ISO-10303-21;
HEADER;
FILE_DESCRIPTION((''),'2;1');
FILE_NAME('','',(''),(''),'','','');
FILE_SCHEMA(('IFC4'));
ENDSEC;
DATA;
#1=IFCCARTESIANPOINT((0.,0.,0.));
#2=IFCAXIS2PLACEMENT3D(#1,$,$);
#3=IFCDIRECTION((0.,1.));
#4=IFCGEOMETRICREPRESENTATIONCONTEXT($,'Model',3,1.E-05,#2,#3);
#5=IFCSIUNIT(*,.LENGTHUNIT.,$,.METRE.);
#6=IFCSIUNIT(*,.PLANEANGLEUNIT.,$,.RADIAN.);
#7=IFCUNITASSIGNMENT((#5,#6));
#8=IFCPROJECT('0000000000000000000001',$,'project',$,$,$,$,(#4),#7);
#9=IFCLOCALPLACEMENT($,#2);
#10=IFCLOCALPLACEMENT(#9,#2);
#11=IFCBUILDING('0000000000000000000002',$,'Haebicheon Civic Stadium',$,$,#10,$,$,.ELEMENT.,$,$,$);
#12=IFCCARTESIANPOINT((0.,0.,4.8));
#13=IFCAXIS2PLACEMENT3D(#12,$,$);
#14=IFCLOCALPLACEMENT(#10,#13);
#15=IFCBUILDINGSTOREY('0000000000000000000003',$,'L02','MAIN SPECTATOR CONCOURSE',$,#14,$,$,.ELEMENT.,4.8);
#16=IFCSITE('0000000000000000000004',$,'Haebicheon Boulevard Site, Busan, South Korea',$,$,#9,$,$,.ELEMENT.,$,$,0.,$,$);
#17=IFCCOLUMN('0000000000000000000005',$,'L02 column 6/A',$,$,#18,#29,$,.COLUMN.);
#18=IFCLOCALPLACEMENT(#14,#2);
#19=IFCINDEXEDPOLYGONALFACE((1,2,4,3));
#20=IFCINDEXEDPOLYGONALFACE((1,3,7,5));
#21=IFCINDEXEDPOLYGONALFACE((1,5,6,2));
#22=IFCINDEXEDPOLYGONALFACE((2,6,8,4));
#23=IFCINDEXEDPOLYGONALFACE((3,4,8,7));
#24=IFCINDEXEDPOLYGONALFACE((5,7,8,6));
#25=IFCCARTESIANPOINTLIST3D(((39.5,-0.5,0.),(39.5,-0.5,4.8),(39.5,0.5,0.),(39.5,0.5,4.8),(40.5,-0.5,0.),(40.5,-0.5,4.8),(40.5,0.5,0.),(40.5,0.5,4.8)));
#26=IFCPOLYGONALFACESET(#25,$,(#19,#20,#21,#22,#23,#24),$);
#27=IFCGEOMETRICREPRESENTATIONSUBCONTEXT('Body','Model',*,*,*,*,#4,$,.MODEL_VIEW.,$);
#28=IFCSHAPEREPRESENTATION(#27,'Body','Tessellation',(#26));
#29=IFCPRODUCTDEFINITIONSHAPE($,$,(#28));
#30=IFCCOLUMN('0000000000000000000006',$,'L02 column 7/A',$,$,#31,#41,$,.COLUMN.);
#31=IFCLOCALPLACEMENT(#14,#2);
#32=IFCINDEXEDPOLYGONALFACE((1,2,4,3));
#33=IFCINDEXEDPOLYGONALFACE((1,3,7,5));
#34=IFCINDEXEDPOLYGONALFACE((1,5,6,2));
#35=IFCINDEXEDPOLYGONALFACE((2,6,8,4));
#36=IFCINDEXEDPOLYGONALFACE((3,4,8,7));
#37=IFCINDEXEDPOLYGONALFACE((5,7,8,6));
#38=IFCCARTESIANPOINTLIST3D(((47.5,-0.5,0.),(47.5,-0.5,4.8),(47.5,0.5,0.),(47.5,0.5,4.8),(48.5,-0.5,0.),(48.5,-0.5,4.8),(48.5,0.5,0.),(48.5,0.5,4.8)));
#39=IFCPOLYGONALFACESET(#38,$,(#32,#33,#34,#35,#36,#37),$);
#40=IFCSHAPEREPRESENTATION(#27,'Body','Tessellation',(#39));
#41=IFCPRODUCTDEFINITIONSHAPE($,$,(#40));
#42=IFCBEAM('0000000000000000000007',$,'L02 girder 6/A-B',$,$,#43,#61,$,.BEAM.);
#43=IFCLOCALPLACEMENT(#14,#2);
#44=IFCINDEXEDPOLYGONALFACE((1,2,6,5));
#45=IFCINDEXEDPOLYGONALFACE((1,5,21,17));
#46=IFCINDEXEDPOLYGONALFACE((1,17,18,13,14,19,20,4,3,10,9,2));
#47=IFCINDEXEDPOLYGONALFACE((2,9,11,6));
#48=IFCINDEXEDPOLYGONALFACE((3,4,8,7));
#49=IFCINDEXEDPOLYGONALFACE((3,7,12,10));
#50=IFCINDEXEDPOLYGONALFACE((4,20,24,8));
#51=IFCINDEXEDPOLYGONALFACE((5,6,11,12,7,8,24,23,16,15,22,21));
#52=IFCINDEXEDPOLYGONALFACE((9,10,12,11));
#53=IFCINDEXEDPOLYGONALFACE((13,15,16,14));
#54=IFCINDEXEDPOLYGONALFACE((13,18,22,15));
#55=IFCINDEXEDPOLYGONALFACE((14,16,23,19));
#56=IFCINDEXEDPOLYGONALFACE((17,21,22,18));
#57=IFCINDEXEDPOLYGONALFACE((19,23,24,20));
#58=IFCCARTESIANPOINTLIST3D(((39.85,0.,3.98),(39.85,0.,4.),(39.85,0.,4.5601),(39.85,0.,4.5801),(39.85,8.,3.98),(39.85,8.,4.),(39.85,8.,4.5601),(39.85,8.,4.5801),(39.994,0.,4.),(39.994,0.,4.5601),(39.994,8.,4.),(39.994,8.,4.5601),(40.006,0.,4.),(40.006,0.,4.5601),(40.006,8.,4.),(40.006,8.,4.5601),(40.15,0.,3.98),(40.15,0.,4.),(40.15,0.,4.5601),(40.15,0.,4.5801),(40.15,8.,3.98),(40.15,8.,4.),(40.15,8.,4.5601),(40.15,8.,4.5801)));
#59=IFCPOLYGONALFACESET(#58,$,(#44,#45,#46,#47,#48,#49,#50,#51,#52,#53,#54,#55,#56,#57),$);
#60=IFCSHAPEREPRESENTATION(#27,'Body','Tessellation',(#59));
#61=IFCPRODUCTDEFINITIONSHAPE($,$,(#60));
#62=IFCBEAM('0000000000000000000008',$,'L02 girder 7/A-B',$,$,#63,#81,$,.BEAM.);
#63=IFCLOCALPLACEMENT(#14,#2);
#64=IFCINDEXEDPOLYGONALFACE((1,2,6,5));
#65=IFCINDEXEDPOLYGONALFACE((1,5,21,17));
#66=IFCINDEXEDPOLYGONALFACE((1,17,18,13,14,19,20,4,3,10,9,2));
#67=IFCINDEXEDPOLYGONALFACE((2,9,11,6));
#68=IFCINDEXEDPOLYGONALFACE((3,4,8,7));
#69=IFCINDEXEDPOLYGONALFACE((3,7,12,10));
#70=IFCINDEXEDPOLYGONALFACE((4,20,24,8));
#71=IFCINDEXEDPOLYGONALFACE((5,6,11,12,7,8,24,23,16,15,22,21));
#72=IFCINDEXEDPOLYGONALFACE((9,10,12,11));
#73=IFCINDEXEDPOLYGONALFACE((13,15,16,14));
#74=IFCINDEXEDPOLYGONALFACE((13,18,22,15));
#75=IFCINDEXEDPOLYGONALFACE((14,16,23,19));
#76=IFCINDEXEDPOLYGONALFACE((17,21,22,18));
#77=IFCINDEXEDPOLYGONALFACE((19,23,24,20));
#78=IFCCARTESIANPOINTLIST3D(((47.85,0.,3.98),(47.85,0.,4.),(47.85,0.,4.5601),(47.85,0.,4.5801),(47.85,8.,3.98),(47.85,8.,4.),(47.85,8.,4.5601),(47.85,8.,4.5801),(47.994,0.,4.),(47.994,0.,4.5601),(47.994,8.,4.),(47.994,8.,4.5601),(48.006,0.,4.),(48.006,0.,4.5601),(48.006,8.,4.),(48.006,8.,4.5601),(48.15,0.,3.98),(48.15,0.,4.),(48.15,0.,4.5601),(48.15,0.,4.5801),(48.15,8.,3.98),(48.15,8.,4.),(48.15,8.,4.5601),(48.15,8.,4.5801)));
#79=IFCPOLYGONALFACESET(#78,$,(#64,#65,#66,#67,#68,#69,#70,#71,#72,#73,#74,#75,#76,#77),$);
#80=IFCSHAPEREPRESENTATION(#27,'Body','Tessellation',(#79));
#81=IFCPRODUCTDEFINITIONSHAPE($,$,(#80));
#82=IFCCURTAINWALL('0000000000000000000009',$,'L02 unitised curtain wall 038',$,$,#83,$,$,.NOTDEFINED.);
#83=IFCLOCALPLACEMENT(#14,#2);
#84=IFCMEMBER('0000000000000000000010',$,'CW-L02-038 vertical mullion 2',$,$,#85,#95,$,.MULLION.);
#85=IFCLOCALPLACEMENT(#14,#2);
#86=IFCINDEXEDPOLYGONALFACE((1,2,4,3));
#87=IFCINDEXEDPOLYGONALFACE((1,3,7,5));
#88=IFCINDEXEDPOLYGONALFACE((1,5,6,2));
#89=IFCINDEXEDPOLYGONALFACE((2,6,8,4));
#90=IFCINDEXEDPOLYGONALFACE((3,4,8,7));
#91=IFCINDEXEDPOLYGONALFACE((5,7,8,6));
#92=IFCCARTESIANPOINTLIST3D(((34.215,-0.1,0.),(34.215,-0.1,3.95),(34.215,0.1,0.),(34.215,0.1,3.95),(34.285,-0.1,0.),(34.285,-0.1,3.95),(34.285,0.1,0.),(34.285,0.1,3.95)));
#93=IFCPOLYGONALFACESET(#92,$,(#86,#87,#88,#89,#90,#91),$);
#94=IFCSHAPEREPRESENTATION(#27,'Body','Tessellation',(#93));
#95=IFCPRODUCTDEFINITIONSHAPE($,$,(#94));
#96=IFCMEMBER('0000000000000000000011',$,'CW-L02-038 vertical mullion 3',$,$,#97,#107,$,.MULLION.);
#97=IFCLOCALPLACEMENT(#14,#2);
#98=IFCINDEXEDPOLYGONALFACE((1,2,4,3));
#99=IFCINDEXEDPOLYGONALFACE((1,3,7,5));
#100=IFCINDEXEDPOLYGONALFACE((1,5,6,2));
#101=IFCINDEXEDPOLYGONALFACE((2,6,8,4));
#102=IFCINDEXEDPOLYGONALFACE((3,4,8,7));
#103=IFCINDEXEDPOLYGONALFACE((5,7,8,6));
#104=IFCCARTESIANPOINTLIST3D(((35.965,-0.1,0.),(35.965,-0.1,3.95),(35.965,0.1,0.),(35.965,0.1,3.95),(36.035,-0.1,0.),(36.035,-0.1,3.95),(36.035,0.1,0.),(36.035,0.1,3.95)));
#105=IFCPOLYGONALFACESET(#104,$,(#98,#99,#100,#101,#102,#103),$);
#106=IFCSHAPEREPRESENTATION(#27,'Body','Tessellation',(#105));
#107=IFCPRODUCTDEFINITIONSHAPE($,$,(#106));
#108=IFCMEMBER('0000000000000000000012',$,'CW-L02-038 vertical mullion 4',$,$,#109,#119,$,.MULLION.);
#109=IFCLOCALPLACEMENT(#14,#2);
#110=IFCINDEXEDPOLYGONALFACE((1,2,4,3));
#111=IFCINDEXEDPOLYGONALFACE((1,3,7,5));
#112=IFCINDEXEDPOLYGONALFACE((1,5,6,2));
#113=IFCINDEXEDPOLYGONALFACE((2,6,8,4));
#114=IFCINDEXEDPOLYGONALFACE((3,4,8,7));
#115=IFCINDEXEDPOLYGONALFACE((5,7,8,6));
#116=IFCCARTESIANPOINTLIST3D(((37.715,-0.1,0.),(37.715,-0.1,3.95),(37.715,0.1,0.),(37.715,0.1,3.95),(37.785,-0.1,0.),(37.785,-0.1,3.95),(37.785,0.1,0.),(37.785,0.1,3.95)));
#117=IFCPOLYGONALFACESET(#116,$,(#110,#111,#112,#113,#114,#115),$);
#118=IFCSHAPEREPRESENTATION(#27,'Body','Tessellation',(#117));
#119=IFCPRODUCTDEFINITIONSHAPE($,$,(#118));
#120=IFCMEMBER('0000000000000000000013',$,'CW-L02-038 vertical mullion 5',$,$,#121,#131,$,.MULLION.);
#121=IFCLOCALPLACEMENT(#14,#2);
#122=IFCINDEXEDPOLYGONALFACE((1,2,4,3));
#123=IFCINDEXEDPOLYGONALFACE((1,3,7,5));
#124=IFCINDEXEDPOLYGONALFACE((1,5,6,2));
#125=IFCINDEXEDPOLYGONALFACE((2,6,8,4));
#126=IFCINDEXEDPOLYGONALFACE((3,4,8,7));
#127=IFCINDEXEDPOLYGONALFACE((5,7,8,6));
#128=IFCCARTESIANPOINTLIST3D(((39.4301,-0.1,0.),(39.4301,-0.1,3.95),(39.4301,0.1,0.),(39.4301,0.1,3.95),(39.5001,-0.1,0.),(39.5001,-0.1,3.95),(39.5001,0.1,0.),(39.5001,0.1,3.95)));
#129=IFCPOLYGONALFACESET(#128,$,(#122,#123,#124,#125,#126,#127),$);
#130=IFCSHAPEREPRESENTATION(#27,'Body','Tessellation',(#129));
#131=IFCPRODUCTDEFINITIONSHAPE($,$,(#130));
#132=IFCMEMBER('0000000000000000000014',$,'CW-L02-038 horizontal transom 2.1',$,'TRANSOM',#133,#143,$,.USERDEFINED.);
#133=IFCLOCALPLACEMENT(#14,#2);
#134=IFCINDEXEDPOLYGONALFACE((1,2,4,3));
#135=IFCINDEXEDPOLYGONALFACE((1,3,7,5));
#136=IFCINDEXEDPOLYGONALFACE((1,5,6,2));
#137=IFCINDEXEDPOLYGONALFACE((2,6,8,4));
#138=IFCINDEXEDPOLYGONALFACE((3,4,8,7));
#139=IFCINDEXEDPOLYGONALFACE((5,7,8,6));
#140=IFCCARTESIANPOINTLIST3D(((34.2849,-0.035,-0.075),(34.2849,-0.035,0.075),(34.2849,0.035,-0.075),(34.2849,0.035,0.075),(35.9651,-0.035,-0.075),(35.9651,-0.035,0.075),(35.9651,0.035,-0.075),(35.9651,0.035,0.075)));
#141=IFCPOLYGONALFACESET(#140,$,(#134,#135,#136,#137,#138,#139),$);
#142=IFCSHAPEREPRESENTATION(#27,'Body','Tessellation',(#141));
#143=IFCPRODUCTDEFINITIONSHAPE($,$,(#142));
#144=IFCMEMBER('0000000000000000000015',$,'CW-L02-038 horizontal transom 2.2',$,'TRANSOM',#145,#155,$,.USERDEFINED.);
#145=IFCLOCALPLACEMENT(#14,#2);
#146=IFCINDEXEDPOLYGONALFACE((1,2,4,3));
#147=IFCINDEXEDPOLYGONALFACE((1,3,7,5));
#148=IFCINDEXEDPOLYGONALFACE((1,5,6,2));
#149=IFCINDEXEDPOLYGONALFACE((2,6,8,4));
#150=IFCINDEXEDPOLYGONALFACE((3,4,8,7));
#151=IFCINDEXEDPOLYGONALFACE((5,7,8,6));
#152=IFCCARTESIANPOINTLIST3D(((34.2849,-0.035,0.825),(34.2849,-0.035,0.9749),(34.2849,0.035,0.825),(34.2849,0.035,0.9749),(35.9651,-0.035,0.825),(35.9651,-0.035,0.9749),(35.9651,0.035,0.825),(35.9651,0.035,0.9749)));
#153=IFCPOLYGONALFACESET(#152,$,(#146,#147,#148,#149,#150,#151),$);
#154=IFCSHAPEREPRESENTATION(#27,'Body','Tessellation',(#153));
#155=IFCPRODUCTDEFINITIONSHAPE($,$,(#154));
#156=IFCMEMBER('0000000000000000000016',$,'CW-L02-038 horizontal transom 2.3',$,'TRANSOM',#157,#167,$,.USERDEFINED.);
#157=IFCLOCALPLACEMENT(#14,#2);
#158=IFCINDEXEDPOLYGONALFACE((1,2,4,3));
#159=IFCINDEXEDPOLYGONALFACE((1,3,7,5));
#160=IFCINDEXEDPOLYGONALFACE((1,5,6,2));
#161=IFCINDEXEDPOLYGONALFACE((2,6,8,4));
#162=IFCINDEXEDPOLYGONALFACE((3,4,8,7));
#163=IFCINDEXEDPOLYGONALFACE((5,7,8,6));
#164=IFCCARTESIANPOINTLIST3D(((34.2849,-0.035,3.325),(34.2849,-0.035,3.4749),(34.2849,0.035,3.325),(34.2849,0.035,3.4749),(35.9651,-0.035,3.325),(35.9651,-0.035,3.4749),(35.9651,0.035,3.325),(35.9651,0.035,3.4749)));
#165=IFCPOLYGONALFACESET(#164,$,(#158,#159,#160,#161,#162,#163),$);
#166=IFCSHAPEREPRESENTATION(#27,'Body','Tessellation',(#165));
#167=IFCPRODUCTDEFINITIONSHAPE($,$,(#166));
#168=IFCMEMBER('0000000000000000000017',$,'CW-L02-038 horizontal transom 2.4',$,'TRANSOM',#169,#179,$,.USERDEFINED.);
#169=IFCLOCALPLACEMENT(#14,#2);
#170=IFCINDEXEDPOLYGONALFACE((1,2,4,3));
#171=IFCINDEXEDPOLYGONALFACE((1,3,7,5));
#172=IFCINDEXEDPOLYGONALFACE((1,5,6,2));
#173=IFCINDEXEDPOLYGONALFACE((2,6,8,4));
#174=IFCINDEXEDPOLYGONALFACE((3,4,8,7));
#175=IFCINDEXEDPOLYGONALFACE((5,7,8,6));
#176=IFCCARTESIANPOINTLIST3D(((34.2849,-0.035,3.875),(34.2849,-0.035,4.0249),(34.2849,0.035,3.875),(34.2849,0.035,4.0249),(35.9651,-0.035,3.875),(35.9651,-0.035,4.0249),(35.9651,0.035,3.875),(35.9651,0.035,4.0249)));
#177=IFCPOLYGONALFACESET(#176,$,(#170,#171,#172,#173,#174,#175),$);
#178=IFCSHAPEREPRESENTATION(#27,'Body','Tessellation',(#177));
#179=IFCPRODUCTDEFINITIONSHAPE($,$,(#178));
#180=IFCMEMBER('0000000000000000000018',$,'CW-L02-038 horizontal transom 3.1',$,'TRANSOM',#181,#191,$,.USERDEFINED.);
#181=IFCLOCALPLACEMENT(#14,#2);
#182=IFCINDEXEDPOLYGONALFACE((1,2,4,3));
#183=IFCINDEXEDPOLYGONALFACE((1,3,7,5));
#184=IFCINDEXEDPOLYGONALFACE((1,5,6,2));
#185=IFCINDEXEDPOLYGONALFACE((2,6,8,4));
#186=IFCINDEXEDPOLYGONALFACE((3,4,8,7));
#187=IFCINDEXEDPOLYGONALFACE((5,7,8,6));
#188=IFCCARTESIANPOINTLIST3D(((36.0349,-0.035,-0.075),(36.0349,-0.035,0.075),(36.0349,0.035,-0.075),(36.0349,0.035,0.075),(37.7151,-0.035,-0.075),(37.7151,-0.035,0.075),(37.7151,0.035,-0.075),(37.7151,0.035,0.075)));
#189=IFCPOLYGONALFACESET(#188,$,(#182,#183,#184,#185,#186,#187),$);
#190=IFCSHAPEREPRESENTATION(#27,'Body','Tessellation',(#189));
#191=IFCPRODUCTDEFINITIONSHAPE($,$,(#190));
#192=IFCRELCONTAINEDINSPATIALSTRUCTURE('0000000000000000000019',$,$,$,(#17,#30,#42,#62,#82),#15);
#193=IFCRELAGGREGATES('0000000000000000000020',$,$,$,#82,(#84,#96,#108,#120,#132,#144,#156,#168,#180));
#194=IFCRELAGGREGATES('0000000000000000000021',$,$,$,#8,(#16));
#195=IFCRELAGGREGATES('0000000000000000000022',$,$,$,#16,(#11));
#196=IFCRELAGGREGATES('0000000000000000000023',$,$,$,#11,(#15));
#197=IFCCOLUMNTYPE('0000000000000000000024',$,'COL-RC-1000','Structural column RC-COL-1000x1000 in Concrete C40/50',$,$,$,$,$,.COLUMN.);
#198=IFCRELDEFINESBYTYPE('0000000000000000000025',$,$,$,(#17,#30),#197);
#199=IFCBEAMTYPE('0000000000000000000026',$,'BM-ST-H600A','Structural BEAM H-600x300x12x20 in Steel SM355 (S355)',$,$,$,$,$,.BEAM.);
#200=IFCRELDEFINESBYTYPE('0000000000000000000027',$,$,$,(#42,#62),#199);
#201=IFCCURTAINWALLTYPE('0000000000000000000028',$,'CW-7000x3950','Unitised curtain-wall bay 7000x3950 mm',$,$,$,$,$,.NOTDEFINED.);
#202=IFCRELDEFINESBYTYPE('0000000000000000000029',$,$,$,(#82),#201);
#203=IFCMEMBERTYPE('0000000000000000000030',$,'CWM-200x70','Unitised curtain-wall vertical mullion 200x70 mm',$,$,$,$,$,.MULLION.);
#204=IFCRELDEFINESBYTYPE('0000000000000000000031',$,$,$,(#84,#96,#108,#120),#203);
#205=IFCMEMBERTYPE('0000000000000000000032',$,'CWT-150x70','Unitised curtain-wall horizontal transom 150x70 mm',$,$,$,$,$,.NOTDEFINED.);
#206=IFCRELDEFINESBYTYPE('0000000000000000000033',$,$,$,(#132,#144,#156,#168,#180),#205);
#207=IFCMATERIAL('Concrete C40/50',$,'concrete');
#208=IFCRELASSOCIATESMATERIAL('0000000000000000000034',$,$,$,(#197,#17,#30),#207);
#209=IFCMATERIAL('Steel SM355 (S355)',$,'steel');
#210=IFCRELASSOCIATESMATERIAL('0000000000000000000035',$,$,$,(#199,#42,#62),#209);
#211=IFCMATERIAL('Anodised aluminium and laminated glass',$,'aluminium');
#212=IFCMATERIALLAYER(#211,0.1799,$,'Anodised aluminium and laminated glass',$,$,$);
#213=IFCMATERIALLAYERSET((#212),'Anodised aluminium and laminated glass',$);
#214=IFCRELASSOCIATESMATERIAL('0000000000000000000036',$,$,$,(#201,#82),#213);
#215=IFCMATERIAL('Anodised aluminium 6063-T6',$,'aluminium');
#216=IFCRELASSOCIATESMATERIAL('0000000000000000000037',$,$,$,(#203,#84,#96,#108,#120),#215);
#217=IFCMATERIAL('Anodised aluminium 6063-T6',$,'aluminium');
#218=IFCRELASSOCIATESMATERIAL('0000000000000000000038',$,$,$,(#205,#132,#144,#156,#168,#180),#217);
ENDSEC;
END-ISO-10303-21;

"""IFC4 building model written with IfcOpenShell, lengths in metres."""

from ifc_helpers import new_model, si_unit, direction, frame, origin, origin_2d, place, context, subcontext, project, spatial, rectangle, i_section, extrude, material, layer, layer_set, material_profile, profile_set, type_object, element, aggregate, save


model = new_model("IFC4")

# Units and contexts
model_context = context("Model", 3, precision=1e-05, world=origin(), true_north=direction((0.0, 1.0)))
body_context = subcontext(model_context, "Body", "Model", "MODEL_VIEW")
ifc_project = project(units=[si_unit("LENGTHUNIT", "METRE"), si_unit("PLANEANGLEUNIT", "RADIAN")], contexts=[model_context])

# Site, building, storey
site_placement = place(None, origin())
site = spatial("IfcSite", under=ifc_project, at=site_placement, Name="Haebicheon Boulevard Site, Busan, South Korea", CompositionType="ELEMENT", RefElevation=0.0)
building_placement = place(site_placement, origin())
building = spatial("IfcBuilding", under=site, at=building_placement, Name="Haebicheon Civic Stadium", CompositionType="ELEMENT")
storey_placement = place(building_placement, frame((0.0, 0.0, 4.8)))
storey = spatial("IfcBuildingStorey", under=building, at=storey_placement, Name="L02", Description="MAIN SPECTATOR CONCOURSE", CompositionType="ELEMENT", Elevation=4.8)

# Columns
ifc_material_1 = material(Name="Concrete C40/50", Category="concrete")
ifc_material_profile_1 = material_profile(ifc_material_1, rectangle(XDim=1.0, YDim=1.0, at=origin_2d()), Name="RC-COL-1000x1000")
ifc_profile_set_1 = profile_set([ifc_material_profile_1], Name="Concrete C40/50")
column_type = type_object("IfcColumnType", Name="COL-RC-1000", Description="Structural column RC-COL-1000x1000 in Concrete C40/50", PredefinedType="COLUMN", material=ifc_profile_set_1)
for number, where, z_axis, x_axis, name in (
    (1, (40.0, 0.0, 0.0), (0.0, 0.0, 1.0), (1.0, 0.0, 0.0), "L02 column 6/A"),
    (2, (48.0, 0.0, 0.0), (0.0, 0.0, 1.0), (1.0, 0.0, 0.0), "L02 column 7/A"),
):
    element("IfcColumn", number, at=place(storey_placement, frame(where, z_axis=z_axis, x_axis=x_axis)), inside=storey, type_object=column_type, material=ifc_profile_set_1, Name=name, PredefinedType="COLUMN", context=body_context, shape_type="SweptSolid", body=[
        extrude(rectangle(XDim=1.0, YDim=1.0, at=origin_2d()), origin(), (0.0, 0.0, 1.0), 4.8),
    ])

# Beams
ifc_material_2 = material(Name="Steel SM355 (S355)", Category="steel")
ifc_material_profile_2 = material_profile(ifc_material_2, i_section(OverallWidth=0.3, OverallDepth=0.6001, WebThickness=0.012, FlangeThickness=0.02, at=origin_2d()), Name="H-600x300x12x20")
ifc_profile_set_2 = profile_set([ifc_material_profile_2], Name="Steel SM355 (S355)")
beam_type_1 = type_object("IfcBeamType", Name="BM-ST-H600A", Description="Structural BEAM H-600x300x12x20 in Steel SM355 (S355)", PredefinedType="BEAM", material=ifc_profile_set_2)
for number, where, z_axis, x_axis, name in (
    (3, (40.0, 0.0, 4.28), (0.0, 1.0, 0.0), (-1.0, 0.0, 0.0), "L02 girder 6/A-B"),
    (4, (48.0, 0.0, 4.28), (0.0, 1.0, 0.0), (-1.0, 0.0, 0.0), "L02 girder 7/A-B"),
):
    element("IfcBeam", number, at=place(storey_placement, frame(where, z_axis=z_axis, x_axis=x_axis)), inside=storey, type_object=beam_type_1, material=ifc_profile_set_2, Name=name, PredefinedType="BEAM", context=body_context, shape_type="SweptSolid", body=[
        extrude(i_section(OverallWidth=0.3, OverallDepth=0.6001, WebThickness=0.012, FlangeThickness=0.02, at=origin_2d()), origin(), (0.0, 0.0, 1.0), 8.0),
    ])

# Curtain wall, members
ifc_material_3 = material(Name="Anodised aluminium and laminated glass", Category="aluminium")
ifc_layer_1 = layer(ifc_material_3, 0.1799, Name="Anodised aluminium and laminated glass")
ifc_layer_set_1 = layer_set([ifc_layer_1], Name="Anodised aluminium and laminated glass")
curtain_wall_type = type_object("IfcCurtainWallType", Name="CW-7000x3950", Description="Unitised curtain-wall bay 7000x3950 mm", PredefinedType="NOTDEFINED", material=ifc_layer_set_1)
curtain_wall_placement = place(storey_placement, origin())
curtain_wall = element("IfcCurtainWall", 5, at=curtain_wall_placement, inside=storey, type_object=curtain_wall_type, material=ifc_layer_set_1, Name="L02 unitised curtain wall 038", PredefinedType="NOTDEFINED")
ifc_material_4 = material(Name="Anodised aluminium 6063-T6", Category="aluminium")
ifc_material_profile_3 = material_profile(ifc_material_4, rectangle(XDim=0.0701, YDim=0.2, at=origin_2d()), Name="ALU-MULL-70x200")
ifc_profile_set_3 = profile_set([ifc_material_profile_3], Name="Anodised aluminium 6063-T6")
member_type_1 = type_object("IfcMemberType", Name="CWM-200x70", Description="Unitised curtain-wall vertical mullion 200x70 mm", PredefinedType="MULLION", material=ifc_profile_set_3)
member_1_placement = place(storey_placement, frame((34.25, 0.0, 0.0), z_axis=(0.0, 0.0, 1.0), x_axis=(1.0, 0.0, 0.0)))
member_1 = element("IfcMember", 6, at=member_1_placement, type_object=member_type_1, material=ifc_profile_set_3, Name="CW-L02-038 vertical mullion 2", PredefinedType="MULLION", context=body_context, shape_type="SweptSolid", body=[
    extrude(rectangle(XDim=0.0701, YDim=0.2, at=origin_2d()), origin(), (0.0, 0.0, 1.0), 3.95),
])
member_2_placement = place(storey_placement, frame((36.0, 0.0, 0.0), z_axis=(0.0, 0.0, 1.0), x_axis=(1.0, 0.0, 0.0)))
member_2 = element("IfcMember", 7, at=member_2_placement, type_object=member_type_1, material=ifc_profile_set_3, Name="CW-L02-038 vertical mullion 3", PredefinedType="MULLION", context=body_context, shape_type="SweptSolid", body=[
    extrude(rectangle(XDim=0.0701, YDim=0.2, at=origin_2d()), origin(), (0.0, 0.0, 1.0), 3.95),
])
member_3_placement = place(storey_placement, frame((37.75, 0.0, 0.0), z_axis=(0.0, 0.0, 1.0), x_axis=(1.0, 0.0, 0.0)))
member_3 = element("IfcMember", 8, at=member_3_placement, type_object=member_type_1, material=ifc_profile_set_3, Name="CW-L02-038 vertical mullion 4", PredefinedType="MULLION", context=body_context, shape_type="SweptSolid", body=[
    extrude(rectangle(XDim=0.0701, YDim=0.2, at=origin_2d()), origin(), (0.0, 0.0, 1.0), 3.95),
])
member_4_placement = place(storey_placement, frame((39.4651, 0.0, 0.0), z_axis=(0.0, 0.0, 1.0), x_axis=(1.0, 0.0, 0.0)))
member_4 = element("IfcMember", 9, at=member_4_placement, type_object=member_type_1, material=ifc_profile_set_3, Name="CW-L02-038 vertical mullion 5", PredefinedType="MULLION", context=body_context, shape_type="SweptSolid", body=[
    extrude(rectangle(XDim=0.0701, YDim=0.2, at=origin_2d()), origin(), (0.0, 0.0, 1.0), 3.95),
])
ifc_material_5 = material(Name="Anodised aluminium 6063-T6", Category="aluminium")
ifc_material_profile_4 = material_profile(ifc_material_5, rectangle(XDim=0.0701, YDim=0.1499, at=origin_2d()), Name="ALU-TRAN-70x150")
ifc_profile_set_4 = profile_set([ifc_material_profile_4], Name="Anodised aluminium 6063-T6")
member_type_2 = type_object("IfcMemberType", Name="CWT-150x70", Description="Unitised curtain-wall horizontal transom 150x70 mm", PredefinedType="NOTDEFINED", material=ifc_profile_set_4)
member_5_placement = place(storey_placement, frame((34.2849, 0.0, 0.0), z_axis=(1.0, 0.0, 0.0), x_axis=(0.0, 1.0, 0.0)))
member_5 = element("IfcMember", 10, at=member_5_placement, type_object=member_type_2, material=ifc_profile_set_4, Name="CW-L02-038 horizontal transom 2.1", ObjectType="TRANSOM", PredefinedType="USERDEFINED", context=body_context, shape_type="SweptSolid", body=[
    extrude(rectangle(XDim=0.0701, YDim=0.1499, at=origin_2d()), origin(), (0.0, 0.0, 1.0), 1.6802),
])
member_6_placement = place(storey_placement, frame((34.2849, 0.0, 0.8999), z_axis=(1.0, 0.0, 0.0), x_axis=(0.0, 1.0, 0.0)))
member_6 = element("IfcMember", 11, at=member_6_placement, type_object=member_type_2, material=ifc_profile_set_4, Name="CW-L02-038 horizontal transom 2.2", ObjectType="TRANSOM", PredefinedType="USERDEFINED", context=body_context, shape_type="SweptSolid", body=[
    extrude(rectangle(XDim=0.0701, YDim=0.1499, at=origin_2d()), origin(), (0.0, 0.0, 1.0), 1.6802),
])
member_7_placement = place(storey_placement, frame((34.2849, 0.0, 3.3999), z_axis=(1.0, 0.0, 0.0), x_axis=(0.0, 1.0, 0.0)))
member_7 = element("IfcMember", 12, at=member_7_placement, type_object=member_type_2, material=ifc_profile_set_4, Name="CW-L02-038 horizontal transom 2.3", ObjectType="TRANSOM", PredefinedType="USERDEFINED", context=body_context, shape_type="SweptSolid", body=[
    extrude(rectangle(XDim=0.0701, YDim=0.1499, at=origin_2d()), origin(), (0.0, 0.0, 1.0), 1.6802),
])
member_8_placement = place(storey_placement, frame((34.2849, 0.0, 3.95), z_axis=(1.0, 0.0, 0.0), x_axis=(0.0, 1.0, 0.0)))
member_8 = element("IfcMember", 13, at=member_8_placement, type_object=member_type_2, material=ifc_profile_set_4, Name="CW-L02-038 horizontal transom 2.4", ObjectType="TRANSOM", PredefinedType="USERDEFINED", context=body_context, shape_type="SweptSolid", body=[
    extrude(rectangle(XDim=0.0701, YDim=0.1499, at=origin_2d()), origin(), (0.0, 0.0, 1.0), 1.6802),
])
member_9_placement = place(storey_placement, frame((36.0349, 0.0, 0.0), z_axis=(1.0, 0.0, 0.0), x_axis=(0.0, 1.0, 0.0)))
member_9 = element("IfcMember", 14, at=member_9_placement, type_object=member_type_2, material=ifc_profile_set_4, Name="CW-L02-038 horizontal transom 3.1", ObjectType="TRANSOM", PredefinedType="USERDEFINED", context=body_context, shape_type="SweptSolid", body=[
    extrude(rectangle(XDim=0.0701, YDim=0.1499, at=origin_2d()), origin(), (0.0, 0.0, 1.0), 1.6802),
])

aggregate(curtain_wall, [member_1, member_2, member_3, member_4, member_5, member_6, member_7, member_8, member_9])

save(model, "model.ifc")
